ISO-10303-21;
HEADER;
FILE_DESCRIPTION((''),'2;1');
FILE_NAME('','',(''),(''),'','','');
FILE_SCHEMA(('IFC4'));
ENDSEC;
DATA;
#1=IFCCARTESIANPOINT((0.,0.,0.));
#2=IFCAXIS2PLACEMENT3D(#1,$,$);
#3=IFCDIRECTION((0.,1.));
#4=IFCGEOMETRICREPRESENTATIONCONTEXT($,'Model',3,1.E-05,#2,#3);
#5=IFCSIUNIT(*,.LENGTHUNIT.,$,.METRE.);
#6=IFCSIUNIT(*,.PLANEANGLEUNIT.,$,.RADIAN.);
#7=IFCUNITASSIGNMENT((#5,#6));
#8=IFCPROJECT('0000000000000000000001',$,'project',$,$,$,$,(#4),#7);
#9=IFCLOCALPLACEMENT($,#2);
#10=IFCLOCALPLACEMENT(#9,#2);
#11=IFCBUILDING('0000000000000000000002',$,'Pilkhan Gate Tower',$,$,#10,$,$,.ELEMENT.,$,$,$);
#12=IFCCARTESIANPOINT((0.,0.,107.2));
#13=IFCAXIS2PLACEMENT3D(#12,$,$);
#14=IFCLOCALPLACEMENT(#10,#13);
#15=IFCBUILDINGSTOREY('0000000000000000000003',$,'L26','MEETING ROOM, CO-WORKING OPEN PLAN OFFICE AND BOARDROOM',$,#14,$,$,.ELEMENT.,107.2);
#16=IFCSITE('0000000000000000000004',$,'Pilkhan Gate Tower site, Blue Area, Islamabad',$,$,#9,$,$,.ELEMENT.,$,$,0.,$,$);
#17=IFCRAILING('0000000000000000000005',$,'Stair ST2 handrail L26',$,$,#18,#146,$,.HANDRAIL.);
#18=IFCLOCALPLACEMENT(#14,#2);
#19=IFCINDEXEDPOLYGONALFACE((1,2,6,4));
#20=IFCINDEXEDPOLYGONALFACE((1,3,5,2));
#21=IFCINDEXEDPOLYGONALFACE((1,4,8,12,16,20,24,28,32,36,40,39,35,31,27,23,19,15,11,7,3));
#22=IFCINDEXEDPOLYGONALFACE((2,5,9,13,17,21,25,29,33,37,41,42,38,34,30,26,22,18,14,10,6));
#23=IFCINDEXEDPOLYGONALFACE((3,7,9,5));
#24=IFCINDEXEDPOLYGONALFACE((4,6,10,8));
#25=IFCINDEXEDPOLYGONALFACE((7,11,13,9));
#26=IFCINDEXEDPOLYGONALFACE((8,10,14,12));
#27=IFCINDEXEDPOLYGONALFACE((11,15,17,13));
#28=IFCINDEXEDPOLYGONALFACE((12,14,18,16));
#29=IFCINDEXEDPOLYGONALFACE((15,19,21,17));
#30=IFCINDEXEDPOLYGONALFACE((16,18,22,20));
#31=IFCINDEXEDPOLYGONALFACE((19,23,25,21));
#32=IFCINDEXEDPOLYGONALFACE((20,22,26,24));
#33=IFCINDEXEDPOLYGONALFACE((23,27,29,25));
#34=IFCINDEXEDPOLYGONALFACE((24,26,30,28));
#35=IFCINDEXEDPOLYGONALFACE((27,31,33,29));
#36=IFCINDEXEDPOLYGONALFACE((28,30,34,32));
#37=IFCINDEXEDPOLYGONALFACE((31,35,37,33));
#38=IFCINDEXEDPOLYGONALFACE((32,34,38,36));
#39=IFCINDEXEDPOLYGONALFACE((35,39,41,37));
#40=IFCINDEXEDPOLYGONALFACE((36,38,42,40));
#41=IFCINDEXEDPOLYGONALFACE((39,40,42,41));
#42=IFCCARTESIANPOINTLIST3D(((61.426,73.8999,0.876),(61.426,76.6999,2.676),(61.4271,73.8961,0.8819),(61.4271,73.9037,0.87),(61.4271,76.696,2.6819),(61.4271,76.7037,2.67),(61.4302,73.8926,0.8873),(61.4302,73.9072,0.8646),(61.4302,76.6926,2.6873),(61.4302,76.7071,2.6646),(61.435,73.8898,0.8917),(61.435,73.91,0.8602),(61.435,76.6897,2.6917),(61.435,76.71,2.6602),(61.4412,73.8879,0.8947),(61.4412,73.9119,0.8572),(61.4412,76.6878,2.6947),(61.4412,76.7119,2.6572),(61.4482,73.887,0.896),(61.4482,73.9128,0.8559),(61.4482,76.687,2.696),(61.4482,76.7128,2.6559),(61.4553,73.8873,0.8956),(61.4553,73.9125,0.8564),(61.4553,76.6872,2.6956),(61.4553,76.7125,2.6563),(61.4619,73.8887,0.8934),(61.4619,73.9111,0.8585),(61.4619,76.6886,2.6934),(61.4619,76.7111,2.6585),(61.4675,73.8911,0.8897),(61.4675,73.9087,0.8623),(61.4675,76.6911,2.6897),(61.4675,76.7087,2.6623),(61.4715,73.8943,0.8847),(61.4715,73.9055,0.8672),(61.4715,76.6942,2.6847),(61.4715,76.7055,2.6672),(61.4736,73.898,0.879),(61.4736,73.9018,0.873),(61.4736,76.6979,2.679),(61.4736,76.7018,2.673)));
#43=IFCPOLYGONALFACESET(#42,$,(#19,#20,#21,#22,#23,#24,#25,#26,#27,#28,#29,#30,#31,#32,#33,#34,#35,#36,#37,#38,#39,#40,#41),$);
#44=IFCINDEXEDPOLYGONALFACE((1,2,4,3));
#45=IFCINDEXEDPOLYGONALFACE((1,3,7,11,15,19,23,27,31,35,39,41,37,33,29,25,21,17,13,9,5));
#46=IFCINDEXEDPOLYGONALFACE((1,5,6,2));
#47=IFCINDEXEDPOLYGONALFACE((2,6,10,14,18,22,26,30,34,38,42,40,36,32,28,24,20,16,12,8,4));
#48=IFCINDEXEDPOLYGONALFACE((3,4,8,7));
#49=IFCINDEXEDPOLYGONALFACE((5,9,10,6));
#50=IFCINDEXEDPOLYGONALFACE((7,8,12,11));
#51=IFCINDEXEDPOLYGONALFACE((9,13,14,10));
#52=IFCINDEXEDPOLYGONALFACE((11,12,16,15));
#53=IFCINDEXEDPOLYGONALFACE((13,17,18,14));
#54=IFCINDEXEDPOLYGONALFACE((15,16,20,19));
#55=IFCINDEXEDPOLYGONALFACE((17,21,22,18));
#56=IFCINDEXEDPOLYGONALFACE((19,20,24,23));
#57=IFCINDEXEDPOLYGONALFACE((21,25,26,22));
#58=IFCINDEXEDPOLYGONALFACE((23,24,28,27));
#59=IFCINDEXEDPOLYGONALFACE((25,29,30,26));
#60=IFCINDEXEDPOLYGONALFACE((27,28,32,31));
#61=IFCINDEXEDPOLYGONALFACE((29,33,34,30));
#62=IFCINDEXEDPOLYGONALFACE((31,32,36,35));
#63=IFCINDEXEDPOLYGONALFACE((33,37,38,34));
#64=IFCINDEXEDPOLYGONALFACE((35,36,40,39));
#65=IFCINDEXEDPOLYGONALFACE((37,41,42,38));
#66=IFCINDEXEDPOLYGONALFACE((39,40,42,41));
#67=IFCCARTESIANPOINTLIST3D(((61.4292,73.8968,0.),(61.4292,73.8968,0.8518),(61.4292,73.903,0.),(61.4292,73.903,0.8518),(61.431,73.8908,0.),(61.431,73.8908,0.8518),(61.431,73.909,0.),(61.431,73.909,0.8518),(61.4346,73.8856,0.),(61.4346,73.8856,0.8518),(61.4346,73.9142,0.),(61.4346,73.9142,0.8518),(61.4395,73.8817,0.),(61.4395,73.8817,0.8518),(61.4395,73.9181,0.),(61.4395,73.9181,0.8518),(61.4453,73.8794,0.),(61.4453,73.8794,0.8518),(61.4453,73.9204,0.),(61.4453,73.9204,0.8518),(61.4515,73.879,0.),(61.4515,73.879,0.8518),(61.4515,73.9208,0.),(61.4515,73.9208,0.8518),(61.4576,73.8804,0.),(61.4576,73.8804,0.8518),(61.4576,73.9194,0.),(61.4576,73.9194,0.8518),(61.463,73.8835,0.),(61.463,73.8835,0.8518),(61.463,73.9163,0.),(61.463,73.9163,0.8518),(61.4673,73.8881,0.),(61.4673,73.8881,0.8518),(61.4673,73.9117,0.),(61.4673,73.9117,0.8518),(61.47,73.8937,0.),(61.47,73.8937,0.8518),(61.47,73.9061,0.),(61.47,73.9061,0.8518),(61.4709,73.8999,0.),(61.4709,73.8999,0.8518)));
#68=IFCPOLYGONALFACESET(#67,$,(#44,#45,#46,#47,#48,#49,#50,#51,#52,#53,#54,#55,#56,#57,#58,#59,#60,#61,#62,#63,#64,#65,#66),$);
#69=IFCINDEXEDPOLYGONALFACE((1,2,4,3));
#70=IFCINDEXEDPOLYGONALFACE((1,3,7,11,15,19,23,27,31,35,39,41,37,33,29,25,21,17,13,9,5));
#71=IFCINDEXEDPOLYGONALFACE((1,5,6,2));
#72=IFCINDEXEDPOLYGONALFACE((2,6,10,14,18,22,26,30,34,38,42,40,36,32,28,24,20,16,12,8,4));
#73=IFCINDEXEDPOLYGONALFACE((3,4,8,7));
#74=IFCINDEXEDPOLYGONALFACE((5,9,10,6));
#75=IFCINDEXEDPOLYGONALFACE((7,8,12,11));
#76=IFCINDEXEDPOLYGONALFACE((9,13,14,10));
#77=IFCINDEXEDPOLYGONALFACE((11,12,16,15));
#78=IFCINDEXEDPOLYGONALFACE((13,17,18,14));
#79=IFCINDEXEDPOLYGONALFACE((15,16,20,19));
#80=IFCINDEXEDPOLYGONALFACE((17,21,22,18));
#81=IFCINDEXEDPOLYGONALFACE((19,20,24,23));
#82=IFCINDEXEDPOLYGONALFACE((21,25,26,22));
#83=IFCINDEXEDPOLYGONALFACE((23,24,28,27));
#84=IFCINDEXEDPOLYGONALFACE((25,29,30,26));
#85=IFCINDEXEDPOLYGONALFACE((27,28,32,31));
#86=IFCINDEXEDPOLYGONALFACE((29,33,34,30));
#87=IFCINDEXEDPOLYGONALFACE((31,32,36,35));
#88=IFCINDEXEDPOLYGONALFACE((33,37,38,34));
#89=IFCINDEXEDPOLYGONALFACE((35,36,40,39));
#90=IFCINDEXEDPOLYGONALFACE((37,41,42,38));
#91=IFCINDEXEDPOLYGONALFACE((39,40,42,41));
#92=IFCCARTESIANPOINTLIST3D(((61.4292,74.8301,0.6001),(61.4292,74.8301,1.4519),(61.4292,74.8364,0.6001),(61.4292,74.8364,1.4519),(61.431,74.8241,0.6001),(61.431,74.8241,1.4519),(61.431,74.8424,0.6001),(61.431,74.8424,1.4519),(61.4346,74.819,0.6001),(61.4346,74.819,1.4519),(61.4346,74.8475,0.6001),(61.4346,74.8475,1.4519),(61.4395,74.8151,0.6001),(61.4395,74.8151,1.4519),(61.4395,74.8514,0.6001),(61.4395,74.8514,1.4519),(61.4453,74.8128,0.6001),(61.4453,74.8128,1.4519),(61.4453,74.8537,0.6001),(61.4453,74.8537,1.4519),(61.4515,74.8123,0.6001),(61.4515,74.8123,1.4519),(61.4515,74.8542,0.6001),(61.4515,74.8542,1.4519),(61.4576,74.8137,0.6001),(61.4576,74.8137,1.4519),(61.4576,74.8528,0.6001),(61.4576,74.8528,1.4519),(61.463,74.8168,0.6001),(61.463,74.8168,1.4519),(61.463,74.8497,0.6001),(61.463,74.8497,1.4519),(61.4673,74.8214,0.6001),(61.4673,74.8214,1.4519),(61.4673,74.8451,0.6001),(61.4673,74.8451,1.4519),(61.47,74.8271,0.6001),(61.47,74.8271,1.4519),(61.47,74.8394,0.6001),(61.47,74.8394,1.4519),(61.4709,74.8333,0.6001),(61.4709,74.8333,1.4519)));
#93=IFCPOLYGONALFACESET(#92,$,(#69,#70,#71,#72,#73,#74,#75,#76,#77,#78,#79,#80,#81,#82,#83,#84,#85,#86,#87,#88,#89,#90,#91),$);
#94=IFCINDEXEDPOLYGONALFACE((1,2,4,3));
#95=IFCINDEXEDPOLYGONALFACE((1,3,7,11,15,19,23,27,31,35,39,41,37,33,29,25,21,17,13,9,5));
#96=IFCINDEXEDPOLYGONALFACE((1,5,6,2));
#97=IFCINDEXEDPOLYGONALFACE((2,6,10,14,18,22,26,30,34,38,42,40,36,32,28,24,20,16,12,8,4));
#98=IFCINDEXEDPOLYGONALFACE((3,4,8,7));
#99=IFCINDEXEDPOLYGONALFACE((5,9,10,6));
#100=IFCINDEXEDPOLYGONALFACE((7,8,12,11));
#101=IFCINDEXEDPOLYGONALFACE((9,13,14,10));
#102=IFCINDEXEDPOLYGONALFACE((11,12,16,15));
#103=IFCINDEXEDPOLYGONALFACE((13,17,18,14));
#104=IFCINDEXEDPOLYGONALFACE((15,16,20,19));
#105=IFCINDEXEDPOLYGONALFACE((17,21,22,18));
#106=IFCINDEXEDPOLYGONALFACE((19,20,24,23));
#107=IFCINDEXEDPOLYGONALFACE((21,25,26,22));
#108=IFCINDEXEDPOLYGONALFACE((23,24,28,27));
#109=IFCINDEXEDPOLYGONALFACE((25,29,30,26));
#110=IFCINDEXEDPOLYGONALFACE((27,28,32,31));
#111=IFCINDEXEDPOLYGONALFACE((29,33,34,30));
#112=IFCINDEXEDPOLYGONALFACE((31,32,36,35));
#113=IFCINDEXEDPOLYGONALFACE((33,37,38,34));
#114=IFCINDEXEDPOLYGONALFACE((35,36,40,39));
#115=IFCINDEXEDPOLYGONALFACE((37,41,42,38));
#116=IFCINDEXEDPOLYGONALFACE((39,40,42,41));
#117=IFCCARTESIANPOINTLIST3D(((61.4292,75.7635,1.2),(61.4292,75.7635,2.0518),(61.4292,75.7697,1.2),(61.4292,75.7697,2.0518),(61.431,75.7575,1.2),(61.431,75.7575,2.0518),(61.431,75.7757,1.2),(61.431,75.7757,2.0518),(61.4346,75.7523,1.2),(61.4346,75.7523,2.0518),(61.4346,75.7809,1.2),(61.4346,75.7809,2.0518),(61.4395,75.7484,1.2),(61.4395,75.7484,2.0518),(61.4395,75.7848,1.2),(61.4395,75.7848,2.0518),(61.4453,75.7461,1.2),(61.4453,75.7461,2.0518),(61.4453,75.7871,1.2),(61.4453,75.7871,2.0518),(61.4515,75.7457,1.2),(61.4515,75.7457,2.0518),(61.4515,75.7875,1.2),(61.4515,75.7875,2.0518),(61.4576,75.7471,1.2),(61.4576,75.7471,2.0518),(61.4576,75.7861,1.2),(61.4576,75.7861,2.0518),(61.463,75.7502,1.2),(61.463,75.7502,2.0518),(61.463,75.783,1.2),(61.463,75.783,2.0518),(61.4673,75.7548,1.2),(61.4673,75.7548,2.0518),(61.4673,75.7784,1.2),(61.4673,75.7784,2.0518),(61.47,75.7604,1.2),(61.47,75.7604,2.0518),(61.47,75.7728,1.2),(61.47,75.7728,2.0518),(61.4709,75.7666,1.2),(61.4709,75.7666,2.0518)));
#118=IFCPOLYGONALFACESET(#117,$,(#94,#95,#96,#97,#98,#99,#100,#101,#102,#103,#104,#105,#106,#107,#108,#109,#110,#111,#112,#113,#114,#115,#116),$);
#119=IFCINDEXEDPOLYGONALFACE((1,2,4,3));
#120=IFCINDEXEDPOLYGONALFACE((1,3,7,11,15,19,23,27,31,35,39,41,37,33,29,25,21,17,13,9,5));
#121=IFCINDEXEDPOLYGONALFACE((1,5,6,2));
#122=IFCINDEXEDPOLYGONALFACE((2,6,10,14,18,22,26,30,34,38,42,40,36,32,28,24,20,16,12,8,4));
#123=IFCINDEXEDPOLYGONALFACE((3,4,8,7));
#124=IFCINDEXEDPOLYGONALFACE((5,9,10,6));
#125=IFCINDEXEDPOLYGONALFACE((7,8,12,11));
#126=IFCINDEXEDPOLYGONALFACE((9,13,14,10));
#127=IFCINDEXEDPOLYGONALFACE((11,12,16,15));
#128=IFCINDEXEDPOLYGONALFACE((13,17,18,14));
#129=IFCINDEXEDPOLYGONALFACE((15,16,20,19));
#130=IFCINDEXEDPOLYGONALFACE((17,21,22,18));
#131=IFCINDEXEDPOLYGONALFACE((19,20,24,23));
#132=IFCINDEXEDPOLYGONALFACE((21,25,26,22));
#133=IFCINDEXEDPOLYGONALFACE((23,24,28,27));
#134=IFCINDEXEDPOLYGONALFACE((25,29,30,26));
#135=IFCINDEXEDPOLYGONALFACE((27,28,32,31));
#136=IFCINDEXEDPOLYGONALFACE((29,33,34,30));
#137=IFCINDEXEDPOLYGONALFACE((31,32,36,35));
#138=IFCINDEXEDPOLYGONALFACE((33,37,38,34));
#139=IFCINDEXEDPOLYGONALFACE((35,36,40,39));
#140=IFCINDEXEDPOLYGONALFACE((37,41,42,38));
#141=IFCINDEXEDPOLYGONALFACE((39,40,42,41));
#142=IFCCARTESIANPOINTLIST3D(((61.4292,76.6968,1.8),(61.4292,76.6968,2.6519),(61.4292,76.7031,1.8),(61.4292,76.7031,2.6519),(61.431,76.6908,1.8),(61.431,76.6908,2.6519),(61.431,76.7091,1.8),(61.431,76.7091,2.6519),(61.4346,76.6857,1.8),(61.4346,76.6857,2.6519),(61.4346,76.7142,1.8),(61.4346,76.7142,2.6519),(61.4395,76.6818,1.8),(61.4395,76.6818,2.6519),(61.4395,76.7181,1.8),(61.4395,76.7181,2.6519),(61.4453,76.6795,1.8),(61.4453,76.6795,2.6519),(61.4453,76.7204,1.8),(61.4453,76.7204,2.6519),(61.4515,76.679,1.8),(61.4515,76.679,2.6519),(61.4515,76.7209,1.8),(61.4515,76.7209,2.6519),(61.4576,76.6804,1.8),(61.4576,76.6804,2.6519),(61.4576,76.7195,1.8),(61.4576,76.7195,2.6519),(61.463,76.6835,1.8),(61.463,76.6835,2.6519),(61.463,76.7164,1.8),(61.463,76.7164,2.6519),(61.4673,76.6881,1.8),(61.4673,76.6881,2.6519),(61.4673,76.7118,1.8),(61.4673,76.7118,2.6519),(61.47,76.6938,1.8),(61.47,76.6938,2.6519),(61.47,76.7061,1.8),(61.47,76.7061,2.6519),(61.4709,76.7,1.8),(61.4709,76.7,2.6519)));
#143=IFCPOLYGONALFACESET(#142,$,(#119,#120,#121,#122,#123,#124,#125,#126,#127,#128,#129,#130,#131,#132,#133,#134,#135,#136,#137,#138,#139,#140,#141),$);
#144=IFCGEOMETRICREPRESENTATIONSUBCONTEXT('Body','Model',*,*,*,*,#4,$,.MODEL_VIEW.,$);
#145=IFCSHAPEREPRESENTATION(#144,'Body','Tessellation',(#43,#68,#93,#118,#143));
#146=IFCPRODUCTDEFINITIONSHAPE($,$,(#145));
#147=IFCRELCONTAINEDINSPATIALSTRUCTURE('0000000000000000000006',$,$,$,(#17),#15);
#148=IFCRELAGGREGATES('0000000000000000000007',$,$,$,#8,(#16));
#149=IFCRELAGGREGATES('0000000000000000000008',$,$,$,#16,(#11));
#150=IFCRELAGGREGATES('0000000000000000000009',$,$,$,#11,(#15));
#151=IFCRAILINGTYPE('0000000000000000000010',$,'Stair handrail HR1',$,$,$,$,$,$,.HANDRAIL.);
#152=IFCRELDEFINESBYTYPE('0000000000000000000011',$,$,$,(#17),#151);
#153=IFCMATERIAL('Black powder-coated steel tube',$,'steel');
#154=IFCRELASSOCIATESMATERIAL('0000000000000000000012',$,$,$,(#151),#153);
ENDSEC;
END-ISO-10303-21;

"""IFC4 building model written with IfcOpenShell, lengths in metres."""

from ifc_helpers import new_model, si_unit, direction, frame, origin, origin_2d, place, context, subcontext, project, spatial, circle, extrude, material, type_object, element, save


model = new_model("IFC4")

# Units and contexts
model_context = context("Model", 3, precision=1e-05, world=origin(), true_north=direction((0.0, 1.0)))
body_context = subcontext(model_context, "Body", "Model", "MODEL_VIEW")
ifc_project = project(units=[si_unit("LENGTHUNIT", "METRE"), si_unit("PLANEANGLEUNIT", "RADIAN")], contexts=[model_context])

# Site, building, storey
site_placement = place(None, origin())
site = spatial("IfcSite", under=ifc_project, at=site_placement, Name="Pilkhan Gate Tower site, Blue Area, Islamabad", CompositionType="ELEMENT", RefElevation=0.0)
building_placement = place(site_placement, origin())
building = spatial("IfcBuilding", under=site, at=building_placement, Name="Pilkhan Gate Tower", CompositionType="ELEMENT")
storey_placement = place(building_placement, frame((0.0, 0.0, 107.2)))
storey = spatial("IfcBuildingStorey", under=building, at=storey_placement, Name="L26", Description="MEETING ROOM, CO-WORKING OPEN PLAN OFFICE AND BOARDROOM", CompositionType="ELEMENT", Elevation=107.2)

# Railing
ifc_material_1 = material(Name="Black powder-coated steel tube", Category="steel")
railing_type_1 = type_object("IfcRailingType", Name="Stair handrail HR1", PredefinedType="HANDRAIL", material=ifc_material_1)
railing_1_placement = place(storey_placement, frame((61.45, 73.8999, 0.0)))
element("IfcRailing", 1, at=railing_1_placement, inside=storey, type_object=railing_type_1, Name="Stair ST2 handrail L26", PredefinedType="HANDRAIL", context=body_context, shape_type="SweptSolid", body=[
    extrude(circle(Radius=0.0239, at=origin_2d()), frame((0.0, 0.0, 0.876), z_axis=(0.0, 0.841176, 0.540761), x_axis=(-1.0, 0.0, 0.0)), (0.0, 0.0, 1.0), 3.3286),
    extrude(circle(Radius=0.021, at=origin_2d()), origin(), (0.0, 0.0, 1.0), 0.8518),
    extrude(circle(Radius=0.021, at=origin_2d()), frame((0.0, 0.9333, 0.6001)), (0.0, 0.0, 1.0), 0.8518),
    extrude(circle(Radius=0.021, at=origin_2d()), frame((0.0, 1.8667, 1.2)), (0.0, 0.0, 1.0), 0.8518),
    extrude(circle(Radius=0.021, at=origin_2d()), frame((0.0, 2.8, 1.8)), (0.0, 0.0, 1.0), 0.8518),
])

save(model, "model.ifc")
